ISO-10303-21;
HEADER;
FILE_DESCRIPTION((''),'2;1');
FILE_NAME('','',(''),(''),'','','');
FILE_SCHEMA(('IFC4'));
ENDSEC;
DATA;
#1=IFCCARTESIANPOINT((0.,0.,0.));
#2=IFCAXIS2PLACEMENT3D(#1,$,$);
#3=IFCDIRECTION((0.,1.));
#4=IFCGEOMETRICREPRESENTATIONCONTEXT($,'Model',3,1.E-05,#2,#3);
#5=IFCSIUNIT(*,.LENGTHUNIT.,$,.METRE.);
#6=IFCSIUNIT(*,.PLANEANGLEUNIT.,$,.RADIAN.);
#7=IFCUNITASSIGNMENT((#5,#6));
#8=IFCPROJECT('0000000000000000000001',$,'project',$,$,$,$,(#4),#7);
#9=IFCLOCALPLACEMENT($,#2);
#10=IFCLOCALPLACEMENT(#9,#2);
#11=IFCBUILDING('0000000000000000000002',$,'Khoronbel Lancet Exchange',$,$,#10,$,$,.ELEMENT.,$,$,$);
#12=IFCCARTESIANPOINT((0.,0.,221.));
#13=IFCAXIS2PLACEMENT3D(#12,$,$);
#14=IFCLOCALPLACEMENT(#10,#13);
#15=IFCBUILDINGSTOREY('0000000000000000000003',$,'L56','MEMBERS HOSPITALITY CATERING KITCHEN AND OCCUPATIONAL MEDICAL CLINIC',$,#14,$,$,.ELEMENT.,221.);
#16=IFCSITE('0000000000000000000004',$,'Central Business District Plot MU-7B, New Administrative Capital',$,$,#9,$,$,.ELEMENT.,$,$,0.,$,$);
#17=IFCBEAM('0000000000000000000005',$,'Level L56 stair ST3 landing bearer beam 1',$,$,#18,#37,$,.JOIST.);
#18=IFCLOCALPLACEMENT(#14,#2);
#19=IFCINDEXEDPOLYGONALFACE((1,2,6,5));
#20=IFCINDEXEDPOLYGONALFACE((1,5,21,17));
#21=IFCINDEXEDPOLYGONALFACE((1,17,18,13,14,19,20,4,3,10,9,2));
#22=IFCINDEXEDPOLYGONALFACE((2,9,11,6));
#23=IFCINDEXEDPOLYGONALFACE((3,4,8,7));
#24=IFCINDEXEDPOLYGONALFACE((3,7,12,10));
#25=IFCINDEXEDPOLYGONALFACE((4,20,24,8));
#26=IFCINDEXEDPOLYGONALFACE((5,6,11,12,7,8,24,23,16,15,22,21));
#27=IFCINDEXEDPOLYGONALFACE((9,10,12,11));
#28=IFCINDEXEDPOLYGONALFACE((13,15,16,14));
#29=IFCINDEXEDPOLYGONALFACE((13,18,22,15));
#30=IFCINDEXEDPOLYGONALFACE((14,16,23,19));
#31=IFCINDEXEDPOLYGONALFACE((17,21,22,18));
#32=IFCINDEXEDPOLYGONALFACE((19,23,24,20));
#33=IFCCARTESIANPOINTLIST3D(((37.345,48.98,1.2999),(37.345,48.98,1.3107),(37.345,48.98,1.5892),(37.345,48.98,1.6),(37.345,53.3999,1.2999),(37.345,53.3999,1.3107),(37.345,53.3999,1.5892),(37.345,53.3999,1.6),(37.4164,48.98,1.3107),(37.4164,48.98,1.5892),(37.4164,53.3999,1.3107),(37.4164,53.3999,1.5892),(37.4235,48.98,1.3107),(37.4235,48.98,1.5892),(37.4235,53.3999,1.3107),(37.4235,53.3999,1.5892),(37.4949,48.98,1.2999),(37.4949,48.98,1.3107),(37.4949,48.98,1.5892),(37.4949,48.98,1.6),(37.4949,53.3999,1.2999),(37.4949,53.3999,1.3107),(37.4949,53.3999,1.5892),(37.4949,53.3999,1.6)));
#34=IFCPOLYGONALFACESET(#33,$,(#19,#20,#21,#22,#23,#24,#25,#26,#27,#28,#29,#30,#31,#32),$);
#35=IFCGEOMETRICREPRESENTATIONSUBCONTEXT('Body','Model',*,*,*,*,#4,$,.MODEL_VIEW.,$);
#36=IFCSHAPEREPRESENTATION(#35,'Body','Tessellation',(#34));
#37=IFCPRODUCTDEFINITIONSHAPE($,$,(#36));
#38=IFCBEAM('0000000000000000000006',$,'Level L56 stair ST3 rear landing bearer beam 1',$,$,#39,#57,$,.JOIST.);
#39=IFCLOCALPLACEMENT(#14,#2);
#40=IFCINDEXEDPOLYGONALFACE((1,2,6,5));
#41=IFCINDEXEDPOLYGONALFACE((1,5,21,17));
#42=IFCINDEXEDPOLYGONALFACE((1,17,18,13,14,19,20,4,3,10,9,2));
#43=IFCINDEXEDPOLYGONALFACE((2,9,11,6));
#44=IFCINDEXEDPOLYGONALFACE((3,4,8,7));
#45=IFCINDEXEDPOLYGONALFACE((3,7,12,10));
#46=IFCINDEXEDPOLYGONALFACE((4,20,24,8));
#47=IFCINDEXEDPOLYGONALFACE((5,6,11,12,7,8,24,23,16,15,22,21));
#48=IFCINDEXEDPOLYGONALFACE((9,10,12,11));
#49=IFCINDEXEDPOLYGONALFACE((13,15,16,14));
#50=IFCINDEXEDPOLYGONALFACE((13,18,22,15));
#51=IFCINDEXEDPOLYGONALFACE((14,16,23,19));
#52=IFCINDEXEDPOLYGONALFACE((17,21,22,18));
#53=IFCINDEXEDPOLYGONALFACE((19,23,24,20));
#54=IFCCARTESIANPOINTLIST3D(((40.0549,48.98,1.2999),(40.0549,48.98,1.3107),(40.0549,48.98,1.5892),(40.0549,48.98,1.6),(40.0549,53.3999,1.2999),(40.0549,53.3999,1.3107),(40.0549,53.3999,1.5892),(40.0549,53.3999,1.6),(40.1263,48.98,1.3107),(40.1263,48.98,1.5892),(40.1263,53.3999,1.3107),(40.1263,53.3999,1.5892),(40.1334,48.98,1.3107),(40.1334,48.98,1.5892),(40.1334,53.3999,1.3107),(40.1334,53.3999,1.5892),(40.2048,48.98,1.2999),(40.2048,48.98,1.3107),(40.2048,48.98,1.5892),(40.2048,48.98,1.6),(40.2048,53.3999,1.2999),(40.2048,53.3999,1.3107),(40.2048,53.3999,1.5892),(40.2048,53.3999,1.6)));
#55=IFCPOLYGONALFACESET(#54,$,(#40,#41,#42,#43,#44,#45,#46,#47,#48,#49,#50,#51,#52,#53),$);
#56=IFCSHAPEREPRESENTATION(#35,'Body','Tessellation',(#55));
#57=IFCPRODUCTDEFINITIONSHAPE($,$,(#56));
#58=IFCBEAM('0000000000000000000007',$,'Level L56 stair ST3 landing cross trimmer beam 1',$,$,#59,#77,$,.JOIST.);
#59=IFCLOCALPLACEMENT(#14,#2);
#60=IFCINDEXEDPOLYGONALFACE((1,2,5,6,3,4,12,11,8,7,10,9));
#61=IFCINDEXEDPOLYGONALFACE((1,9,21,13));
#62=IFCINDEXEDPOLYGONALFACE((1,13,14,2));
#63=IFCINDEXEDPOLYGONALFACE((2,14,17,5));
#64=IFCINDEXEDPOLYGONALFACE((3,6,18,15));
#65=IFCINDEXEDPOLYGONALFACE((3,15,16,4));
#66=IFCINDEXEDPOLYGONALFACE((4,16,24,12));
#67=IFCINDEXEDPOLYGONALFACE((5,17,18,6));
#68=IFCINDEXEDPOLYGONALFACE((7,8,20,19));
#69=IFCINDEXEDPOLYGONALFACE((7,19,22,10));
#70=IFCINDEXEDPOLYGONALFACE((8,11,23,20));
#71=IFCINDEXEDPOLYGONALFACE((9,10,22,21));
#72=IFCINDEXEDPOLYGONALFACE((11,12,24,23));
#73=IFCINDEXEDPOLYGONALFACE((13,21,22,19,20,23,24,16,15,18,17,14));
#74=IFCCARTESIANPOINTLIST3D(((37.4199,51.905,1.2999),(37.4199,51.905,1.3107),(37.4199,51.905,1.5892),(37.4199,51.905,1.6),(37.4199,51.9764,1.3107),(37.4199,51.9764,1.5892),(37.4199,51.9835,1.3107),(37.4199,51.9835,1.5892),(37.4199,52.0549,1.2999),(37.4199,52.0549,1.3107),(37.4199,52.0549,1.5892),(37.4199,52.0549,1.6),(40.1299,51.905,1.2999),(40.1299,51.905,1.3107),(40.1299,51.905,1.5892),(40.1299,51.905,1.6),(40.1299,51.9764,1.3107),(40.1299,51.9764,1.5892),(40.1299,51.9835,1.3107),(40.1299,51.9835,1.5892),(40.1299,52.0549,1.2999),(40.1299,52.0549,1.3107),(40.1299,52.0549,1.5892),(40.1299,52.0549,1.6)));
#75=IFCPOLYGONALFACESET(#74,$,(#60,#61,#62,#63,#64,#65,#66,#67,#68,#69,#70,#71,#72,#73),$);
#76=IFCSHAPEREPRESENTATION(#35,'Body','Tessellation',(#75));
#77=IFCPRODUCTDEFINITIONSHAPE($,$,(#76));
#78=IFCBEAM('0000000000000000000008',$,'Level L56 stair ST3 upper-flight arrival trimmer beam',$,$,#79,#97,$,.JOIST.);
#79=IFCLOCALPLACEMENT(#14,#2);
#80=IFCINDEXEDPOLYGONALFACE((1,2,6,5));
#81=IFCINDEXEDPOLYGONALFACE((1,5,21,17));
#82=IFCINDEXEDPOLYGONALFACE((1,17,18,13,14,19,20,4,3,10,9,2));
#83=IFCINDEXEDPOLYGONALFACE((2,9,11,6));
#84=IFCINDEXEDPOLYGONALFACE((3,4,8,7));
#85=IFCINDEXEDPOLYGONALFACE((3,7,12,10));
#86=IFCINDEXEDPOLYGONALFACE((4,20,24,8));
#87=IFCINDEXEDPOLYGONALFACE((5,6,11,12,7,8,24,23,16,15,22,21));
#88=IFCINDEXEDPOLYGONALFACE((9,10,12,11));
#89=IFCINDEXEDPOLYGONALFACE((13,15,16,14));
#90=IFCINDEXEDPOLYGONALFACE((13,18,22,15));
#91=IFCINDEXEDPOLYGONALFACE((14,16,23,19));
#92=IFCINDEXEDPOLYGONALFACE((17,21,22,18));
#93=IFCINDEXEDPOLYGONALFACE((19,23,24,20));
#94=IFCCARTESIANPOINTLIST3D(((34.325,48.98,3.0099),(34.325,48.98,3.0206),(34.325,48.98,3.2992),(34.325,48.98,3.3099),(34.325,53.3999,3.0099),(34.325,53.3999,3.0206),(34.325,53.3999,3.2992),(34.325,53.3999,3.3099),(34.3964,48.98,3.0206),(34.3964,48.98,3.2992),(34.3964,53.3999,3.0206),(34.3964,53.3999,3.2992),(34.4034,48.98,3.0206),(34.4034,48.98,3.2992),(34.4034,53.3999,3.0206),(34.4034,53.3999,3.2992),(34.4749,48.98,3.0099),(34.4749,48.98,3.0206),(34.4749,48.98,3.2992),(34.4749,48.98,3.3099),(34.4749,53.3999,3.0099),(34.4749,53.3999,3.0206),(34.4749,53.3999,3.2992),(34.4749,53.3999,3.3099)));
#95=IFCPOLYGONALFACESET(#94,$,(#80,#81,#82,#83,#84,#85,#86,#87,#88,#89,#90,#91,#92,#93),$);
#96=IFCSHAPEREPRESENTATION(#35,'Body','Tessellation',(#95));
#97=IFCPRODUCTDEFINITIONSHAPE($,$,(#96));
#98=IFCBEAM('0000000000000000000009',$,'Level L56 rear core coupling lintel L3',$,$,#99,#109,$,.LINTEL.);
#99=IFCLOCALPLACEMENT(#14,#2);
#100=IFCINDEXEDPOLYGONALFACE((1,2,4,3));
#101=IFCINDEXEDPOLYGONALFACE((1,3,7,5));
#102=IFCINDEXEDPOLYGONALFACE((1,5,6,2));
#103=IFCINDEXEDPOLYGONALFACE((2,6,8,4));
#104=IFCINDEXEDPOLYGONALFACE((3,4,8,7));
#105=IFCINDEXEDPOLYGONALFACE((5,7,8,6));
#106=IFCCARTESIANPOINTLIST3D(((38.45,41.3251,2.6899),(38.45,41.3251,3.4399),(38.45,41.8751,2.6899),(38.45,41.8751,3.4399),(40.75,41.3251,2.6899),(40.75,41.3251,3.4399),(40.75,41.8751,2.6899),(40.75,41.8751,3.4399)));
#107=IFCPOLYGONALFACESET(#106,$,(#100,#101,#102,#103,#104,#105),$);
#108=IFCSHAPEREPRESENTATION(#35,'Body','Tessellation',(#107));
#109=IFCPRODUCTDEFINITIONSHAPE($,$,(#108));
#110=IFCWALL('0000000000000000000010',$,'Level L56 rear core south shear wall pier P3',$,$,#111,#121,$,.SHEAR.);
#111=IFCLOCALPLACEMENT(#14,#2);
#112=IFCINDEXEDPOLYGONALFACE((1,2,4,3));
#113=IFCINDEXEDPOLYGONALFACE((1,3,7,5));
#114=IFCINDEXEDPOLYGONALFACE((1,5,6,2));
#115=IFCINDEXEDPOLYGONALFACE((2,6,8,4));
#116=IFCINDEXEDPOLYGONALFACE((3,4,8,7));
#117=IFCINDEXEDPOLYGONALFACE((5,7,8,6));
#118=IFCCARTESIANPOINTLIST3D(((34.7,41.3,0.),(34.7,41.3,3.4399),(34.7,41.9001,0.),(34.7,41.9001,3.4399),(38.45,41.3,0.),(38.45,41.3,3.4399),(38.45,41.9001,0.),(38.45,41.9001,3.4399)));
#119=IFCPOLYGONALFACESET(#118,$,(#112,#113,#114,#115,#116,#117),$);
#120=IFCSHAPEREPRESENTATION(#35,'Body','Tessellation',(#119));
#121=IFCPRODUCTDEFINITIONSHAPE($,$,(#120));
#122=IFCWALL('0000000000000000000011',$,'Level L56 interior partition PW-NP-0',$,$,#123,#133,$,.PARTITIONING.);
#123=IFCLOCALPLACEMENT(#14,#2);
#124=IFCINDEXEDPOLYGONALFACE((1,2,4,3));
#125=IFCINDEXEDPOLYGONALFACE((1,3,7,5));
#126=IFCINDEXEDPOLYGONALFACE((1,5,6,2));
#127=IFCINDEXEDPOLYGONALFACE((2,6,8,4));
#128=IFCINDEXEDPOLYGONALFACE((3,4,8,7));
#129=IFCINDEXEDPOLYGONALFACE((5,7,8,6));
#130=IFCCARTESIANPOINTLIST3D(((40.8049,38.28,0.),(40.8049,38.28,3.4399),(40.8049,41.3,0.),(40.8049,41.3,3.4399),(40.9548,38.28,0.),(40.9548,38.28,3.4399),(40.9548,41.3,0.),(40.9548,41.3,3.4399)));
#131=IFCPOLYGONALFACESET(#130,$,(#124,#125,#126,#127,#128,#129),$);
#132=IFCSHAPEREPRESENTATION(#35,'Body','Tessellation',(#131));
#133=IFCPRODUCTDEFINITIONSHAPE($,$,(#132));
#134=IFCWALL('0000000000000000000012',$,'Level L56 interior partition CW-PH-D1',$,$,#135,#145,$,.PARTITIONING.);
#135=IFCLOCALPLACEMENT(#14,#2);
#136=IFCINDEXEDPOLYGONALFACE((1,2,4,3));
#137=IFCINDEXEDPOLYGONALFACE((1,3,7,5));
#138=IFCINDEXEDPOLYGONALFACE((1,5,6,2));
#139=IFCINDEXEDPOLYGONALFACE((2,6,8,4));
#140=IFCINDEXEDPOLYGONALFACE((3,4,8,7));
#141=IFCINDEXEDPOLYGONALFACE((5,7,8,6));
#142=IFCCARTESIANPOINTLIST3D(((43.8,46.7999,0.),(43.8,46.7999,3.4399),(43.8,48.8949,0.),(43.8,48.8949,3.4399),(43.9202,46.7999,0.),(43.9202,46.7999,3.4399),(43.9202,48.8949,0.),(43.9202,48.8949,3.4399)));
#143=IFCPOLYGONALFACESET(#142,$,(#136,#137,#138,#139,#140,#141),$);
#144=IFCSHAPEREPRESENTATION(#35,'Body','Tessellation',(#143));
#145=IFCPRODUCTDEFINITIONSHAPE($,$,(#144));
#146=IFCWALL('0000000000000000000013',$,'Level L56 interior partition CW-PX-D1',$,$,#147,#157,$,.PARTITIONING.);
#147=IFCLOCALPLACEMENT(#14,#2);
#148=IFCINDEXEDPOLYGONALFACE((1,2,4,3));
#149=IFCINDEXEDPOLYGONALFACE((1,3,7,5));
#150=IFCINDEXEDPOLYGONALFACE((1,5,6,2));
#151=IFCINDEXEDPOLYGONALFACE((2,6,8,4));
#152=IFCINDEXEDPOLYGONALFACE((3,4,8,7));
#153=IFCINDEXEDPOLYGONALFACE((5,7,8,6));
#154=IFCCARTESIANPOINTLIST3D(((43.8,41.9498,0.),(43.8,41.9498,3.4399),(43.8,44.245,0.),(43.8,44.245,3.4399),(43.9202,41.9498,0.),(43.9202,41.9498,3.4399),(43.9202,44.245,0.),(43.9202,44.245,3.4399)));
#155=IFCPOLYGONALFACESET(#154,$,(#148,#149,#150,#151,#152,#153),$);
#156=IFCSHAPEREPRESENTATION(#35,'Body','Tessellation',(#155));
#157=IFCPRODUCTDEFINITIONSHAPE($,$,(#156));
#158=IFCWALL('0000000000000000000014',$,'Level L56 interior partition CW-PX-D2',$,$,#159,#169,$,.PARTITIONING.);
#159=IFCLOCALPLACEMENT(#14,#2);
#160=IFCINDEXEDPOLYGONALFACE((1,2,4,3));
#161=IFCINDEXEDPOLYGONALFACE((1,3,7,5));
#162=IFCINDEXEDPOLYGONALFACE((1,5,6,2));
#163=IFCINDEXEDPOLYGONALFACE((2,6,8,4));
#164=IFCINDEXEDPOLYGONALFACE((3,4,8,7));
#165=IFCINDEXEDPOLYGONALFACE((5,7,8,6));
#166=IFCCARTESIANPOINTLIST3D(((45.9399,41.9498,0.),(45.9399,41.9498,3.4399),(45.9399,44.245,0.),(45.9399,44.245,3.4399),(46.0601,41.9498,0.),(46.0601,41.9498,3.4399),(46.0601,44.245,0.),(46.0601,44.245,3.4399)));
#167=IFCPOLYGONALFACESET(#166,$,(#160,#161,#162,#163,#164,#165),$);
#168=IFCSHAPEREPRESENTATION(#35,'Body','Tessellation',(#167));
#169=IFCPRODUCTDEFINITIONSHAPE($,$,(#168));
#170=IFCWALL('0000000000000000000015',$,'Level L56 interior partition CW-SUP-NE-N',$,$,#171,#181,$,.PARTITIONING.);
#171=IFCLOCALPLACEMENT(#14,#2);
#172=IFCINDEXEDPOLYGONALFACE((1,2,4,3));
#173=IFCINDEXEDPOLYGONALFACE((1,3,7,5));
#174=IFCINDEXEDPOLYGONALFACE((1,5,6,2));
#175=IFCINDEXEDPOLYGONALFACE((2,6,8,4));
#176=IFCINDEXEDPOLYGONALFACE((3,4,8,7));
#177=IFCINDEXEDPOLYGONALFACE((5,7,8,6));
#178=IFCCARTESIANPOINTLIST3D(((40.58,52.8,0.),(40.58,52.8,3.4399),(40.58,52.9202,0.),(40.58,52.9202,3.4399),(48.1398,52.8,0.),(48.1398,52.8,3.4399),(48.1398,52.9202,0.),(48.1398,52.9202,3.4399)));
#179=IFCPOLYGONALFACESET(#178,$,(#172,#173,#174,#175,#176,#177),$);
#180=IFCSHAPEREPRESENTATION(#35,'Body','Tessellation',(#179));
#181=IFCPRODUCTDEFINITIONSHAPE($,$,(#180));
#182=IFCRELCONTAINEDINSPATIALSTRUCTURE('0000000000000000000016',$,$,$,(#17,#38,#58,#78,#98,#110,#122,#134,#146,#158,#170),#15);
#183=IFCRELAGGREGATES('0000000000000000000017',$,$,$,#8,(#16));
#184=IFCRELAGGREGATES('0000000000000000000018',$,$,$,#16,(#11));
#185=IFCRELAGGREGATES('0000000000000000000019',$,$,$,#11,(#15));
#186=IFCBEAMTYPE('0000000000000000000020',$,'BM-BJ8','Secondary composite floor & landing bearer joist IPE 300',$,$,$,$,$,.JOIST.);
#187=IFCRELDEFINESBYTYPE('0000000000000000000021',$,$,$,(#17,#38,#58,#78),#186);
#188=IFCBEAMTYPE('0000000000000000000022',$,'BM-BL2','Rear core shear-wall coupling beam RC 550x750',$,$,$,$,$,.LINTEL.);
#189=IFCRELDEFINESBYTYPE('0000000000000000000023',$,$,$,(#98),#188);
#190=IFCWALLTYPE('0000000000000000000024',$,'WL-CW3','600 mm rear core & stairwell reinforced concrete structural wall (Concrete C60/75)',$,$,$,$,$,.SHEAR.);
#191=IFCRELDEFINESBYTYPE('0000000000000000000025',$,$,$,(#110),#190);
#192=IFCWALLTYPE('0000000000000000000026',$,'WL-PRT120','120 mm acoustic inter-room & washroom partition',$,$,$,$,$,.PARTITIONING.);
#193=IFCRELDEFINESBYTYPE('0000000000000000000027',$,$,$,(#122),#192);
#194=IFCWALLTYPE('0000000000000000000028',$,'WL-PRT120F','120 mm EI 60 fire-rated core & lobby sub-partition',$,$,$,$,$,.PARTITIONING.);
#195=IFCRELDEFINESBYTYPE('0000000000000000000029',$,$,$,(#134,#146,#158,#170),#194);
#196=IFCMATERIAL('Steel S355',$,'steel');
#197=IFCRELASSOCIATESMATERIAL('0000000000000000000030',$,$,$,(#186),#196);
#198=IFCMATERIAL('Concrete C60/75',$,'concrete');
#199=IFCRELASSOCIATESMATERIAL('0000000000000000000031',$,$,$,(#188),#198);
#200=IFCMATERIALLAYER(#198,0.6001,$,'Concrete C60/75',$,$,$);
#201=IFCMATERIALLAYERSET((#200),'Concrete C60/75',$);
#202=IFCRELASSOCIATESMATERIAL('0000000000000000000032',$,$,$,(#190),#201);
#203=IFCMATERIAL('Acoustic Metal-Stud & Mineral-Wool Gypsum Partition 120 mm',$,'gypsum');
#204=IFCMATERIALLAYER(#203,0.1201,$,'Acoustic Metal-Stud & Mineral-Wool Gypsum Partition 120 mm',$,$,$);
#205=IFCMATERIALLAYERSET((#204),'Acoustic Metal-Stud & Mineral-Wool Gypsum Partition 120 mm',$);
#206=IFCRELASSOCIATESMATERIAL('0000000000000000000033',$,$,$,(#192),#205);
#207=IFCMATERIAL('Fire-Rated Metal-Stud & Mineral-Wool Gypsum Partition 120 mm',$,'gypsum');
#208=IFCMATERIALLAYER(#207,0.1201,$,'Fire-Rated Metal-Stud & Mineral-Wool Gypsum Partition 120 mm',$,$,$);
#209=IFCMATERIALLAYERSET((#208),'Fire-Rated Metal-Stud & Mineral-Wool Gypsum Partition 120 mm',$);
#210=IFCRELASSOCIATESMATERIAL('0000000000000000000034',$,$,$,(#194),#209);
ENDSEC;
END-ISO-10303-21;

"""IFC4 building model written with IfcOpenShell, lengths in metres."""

from ifc_helpers import new_model, si_unit, direction, frame, frame_2d, origin, origin_2d, place, context, subcontext, project, spatial, rectangle, i_section, extrude, material, layer, layer_set, material_profile, profile_set, type_object, element, save


model = new_model("IFC4")

# Units and contexts
model_context = context("Model", 3, precision=1e-05, world=origin(), true_north=direction((0.0, 1.0)))
body_context = subcontext(model_context, "Body", "Model", "MODEL_VIEW")
ifc_project = project(units=[si_unit("LENGTHUNIT", "METRE"), si_unit("PLANEANGLEUNIT", "RADIAN")], contexts=[model_context])

# Site, building, storey
site_placement = place(None, origin())
site = spatial("IfcSite", under=ifc_project, at=site_placement, Name="Central Business District Plot MU-7B, New Administrative Capital", CompositionType="ELEMENT", RefElevation=0.0)
building_placement = place(site_placement, origin())
building = spatial("IfcBuilding", under=site, at=building_placement, Name="Khoronbel Lancet Exchange", CompositionType="ELEMENT")
storey_placement = place(building_placement, frame((0.0, 0.0, 221.0)))
storey = spatial("IfcBuildingStorey", under=building, at=storey_placement, Name="L56", Description="MEMBERS HOSPITALITY CATERING KITCHEN AND OCCUPATIONAL MEDICAL CLINIC", CompositionType="ELEMENT", Elevation=221.0)

# Beams
ifc_material_1 = material(Name="Steel S355", Category="steel")
ifc_material_profile_1 = material_profile(ifc_material_1, i_section(OverallWidth=0.1499, OverallDepth=0.3, WebThickness=0.0071, FlangeThickness=0.0107, at=origin_2d()), Name="IPE 300")
ifc_profile_set_1 = profile_set([ifc_material_profile_1], Name="Steel S355")
beam_type_1 = type_object("IfcBeamType", Name="BM-BJ8", Description="Secondary composite floor & landing bearer joist IPE 300", PredefinedType="JOIST", material=ifc_profile_set_1)
for number, where, z_axis, x_axis, name in (
    (1, (37.4199, 48.98, 1.45), (0.0, 1.0, 0.0), (-1.0, 0.0, 0.0), "Level L56 stair ST3 landing bearer beam 1"),
    (2, (40.1299, 48.98, 1.45), (0.0, 1.0, 0.0), (-1.0, 0.0, 0.0), "Level L56 stair ST3 rear landing bearer beam 1"),
):
    element("IfcBeam", number, at=place(storey_placement, frame(where, z_axis=z_axis, x_axis=x_axis)), inside=storey, type_object=beam_type_1, Name=name, PredefinedType="JOIST", context=body_context, shape_type="SweptSolid", body=[
        extrude(i_section(OverallWidth=0.1499, OverallDepth=0.3, WebThickness=0.0071, FlangeThickness=0.0107, at=origin_2d()), origin(), (0.0, 0.0, 1.0), 4.4199),
    ])
beam_1_placement = place(storey_placement, frame((37.4199, 51.98, 1.45), z_axis=(1.0, 0.0, 0.0), x_axis=(0.0, 1.0, 0.0)))
element("IfcBeam", 3, at=beam_1_placement, inside=storey, type_object=beam_type_1, Name="Level L56 stair ST3 landing cross trimmer beam 1", PredefinedType="JOIST", context=body_context, shape_type="SweptSolid", body=[
    extrude(i_section(OverallWidth=0.1499, OverallDepth=0.3, WebThickness=0.0071, FlangeThickness=0.0107, at=origin_2d()), origin(), (0.0, 0.0, 1.0), 2.71),
])
beam_2_placement = place(storey_placement, frame((34.3999, 48.98, 3.1599), z_axis=(0.0, 1.0, 0.0), x_axis=(-1.0, 0.0, 0.0)))
element("IfcBeam", 4, at=beam_2_placement, inside=storey, type_object=beam_type_1, Name="Level L56 stair ST3 upper-flight arrival trimmer beam", PredefinedType="JOIST", context=body_context, shape_type="SweptSolid", body=[
    extrude(i_section(OverallWidth=0.1499, OverallDepth=0.3, WebThickness=0.0071, FlangeThickness=0.0107, at=origin_2d()), origin(), (0.0, 0.0, 1.0), 4.4199),
])
ifc_material_2 = material(Name="Concrete C60/75", Category="concrete")
ifc_material_profile_2 = material_profile(ifc_material_2, rectangle(XDim=0.55, YDim=0.75, at=origin_2d()), Name="RC 550x750")
ifc_profile_set_2 = profile_set([ifc_material_profile_2], Name="Concrete C60/75")
beam_type_2 = type_object("IfcBeamType", Name="BM-BL2", Description="Rear core shear-wall coupling beam RC 550x750", PredefinedType="LINTEL", material=ifc_profile_set_2)
beam_3_placement = place(storey_placement, frame((38.45, 41.6001, 3.0649), z_axis=(1.0, 0.0, 0.0), x_axis=(0.0, 1.0, 0.0)))
element("IfcBeam", 5, at=beam_3_placement, inside=storey, type_object=beam_type_2, Name="Level L56 rear core coupling lintel L3", PredefinedType="LINTEL", context=body_context, shape_type="SweptSolid", body=[
    extrude(rectangle(XDim=0.55, YDim=0.75, at=origin_2d()), origin(), (0.0, 0.0, 1.0), 2.3),
])

# Walls
ifc_layer_1 = layer(ifc_material_2, 0.6001, Name="Concrete C60/75")
ifc_layer_set_1 = layer_set([ifc_layer_1], Name="Concrete C60/75")
wall_type_1 = type_object("IfcWallType", Name="WL-CW3", Description="600 mm rear core & stairwell reinforced concrete structural wall (Concrete C60/75)", PredefinedType="SHEAR", material=ifc_layer_set_1)
wall_1_placement = place(storey_placement, frame((38.45, 41.6001, 0.0), z_axis=(0.0, 0.0, 1.0), x_axis=(-1.0, 0.0, 0.0)))
element("IfcWall", 6, at=wall_1_placement, inside=storey, type_object=wall_type_1, Name="Level L56 rear core south shear wall pier P3", PredefinedType="SHEAR", context=body_context, shape_type="SweptSolid", body=[
    extrude(rectangle(XDim=3.75, YDim=0.6001, at=frame_2d((1.875, 0.0))), origin(), (0.0, 0.0, 1.0), 3.4399),
])
ifc_material_3 = material(Name="Acoustic Metal-Stud & Mineral-Wool Gypsum Partition 120 mm", Category="gypsum")
ifc_layer_2 = layer(ifc_material_3, 0.1201, Name="Acoustic Metal-Stud & Mineral-Wool Gypsum Partition 120 mm")
ifc_layer_set_2 = layer_set([ifc_layer_2], Name="Acoustic Metal-Stud & Mineral-Wool Gypsum Partition 120 mm")
wall_type_2 = type_object("IfcWallType", Name="WL-PRT120", Description="120 mm acoustic inter-room & washroom partition", PredefinedType="PARTITIONING", material=ifc_layer_set_2)
wall_2_placement = place(storey_placement, frame((40.8799, 38.28, 0.0), z_axis=(0.0, 0.0, 1.0), x_axis=(0.0, 1.0, 0.0)))
element("IfcWall", 7, at=wall_2_placement, inside=storey, type_object=wall_type_2, Name="Level L56 interior partition PW-NP-0", PredefinedType="PARTITIONING", context=body_context, shape_type="SweptSolid", body=[
    extrude(rectangle(XDim=3.02, YDim=0.1499, at=frame_2d((1.51, 0.0))), origin(), (0.0, 0.0, 1.0), 3.4399),
])
ifc_material_4 = material(Name="Fire-Rated Metal-Stud & Mineral-Wool Gypsum Partition 120 mm", Category="gypsum")
ifc_layer_3 = layer(ifc_material_4, 0.1201, Name="Fire-Rated Metal-Stud & Mineral-Wool Gypsum Partition 120 mm")
ifc_layer_set_3 = layer_set([ifc_layer_3], Name="Fire-Rated Metal-Stud & Mineral-Wool Gypsum Partition 120 mm")
wall_type_3 = type_object("IfcWallType", Name="WL-PRT120F", Description="120 mm EI 60 fire-rated core & lobby sub-partition", PredefinedType="PARTITIONING", material=ifc_layer_set_3)
wall_3_placement = place(storey_placement, frame((43.8601, 46.8, 0.0), z_axis=(0.0, 0.0, 1.0), x_axis=(0.0, 1.0, 0.0)))
element("IfcWall", 8, at=wall_3_placement, inside=storey, type_object=wall_type_3, Name="Level L56 interior partition CW-PH-D1", PredefinedType="PARTITIONING", context=body_context, shape_type="SweptSolid", body=[
    extrude(rectangle(XDim=2.095, YDim=0.1201, at=frame_2d((1.0474, 0.0))), origin(), (0.0, 0.0, 1.0), 3.4399),
])
for number, where, z_axis, x_axis, name in (
    (9, (43.8601, 41.95, 0.0), (0.0, 0.0, 1.0), (0.0, 1.0, 0.0), "Level L56 interior partition CW-PX-D1"),
    (10, (46.0, 41.95, 0.0), (0.0, 0.0, 1.0), (0.0, 1.0, 0.0), "Level L56 interior partition CW-PX-D2"),
):
    element("IfcWall", number, at=place(storey_placement, frame(where, z_axis=z_axis, x_axis=x_axis)), inside=storey, type_object=wall_type_3, Name=name, PredefinedType="PARTITIONING", context=body_context, shape_type="SweptSolid", body=[
        extrude(rectangle(XDim=2.2952, YDim=0.1201, at=frame_2d((1.1475, 0.0))), origin(), (0.0, 0.0, 1.0), 3.4399),
    ])
wall_4_placement = place(storey_placement, frame((40.5801, 52.8601, 0.0), z_axis=(0.0, 0.0, 1.0), x_axis=(1.0, 0.0, 0.0)))
element("IfcWall", 11, at=wall_4_placement, inside=storey, type_object=wall_type_3, Name="Level L56 interior partition CW-SUP-NE-N", PredefinedType="PARTITIONING", context=body_context, shape_type="SweptSolid", body=[
    extrude(rectangle(XDim=7.5598, YDim=0.1201, at=frame_2d((3.7798, 0.0))), origin(), (0.0, 0.0, 1.0), 3.4399),
])

save(model, "model.ifc")
